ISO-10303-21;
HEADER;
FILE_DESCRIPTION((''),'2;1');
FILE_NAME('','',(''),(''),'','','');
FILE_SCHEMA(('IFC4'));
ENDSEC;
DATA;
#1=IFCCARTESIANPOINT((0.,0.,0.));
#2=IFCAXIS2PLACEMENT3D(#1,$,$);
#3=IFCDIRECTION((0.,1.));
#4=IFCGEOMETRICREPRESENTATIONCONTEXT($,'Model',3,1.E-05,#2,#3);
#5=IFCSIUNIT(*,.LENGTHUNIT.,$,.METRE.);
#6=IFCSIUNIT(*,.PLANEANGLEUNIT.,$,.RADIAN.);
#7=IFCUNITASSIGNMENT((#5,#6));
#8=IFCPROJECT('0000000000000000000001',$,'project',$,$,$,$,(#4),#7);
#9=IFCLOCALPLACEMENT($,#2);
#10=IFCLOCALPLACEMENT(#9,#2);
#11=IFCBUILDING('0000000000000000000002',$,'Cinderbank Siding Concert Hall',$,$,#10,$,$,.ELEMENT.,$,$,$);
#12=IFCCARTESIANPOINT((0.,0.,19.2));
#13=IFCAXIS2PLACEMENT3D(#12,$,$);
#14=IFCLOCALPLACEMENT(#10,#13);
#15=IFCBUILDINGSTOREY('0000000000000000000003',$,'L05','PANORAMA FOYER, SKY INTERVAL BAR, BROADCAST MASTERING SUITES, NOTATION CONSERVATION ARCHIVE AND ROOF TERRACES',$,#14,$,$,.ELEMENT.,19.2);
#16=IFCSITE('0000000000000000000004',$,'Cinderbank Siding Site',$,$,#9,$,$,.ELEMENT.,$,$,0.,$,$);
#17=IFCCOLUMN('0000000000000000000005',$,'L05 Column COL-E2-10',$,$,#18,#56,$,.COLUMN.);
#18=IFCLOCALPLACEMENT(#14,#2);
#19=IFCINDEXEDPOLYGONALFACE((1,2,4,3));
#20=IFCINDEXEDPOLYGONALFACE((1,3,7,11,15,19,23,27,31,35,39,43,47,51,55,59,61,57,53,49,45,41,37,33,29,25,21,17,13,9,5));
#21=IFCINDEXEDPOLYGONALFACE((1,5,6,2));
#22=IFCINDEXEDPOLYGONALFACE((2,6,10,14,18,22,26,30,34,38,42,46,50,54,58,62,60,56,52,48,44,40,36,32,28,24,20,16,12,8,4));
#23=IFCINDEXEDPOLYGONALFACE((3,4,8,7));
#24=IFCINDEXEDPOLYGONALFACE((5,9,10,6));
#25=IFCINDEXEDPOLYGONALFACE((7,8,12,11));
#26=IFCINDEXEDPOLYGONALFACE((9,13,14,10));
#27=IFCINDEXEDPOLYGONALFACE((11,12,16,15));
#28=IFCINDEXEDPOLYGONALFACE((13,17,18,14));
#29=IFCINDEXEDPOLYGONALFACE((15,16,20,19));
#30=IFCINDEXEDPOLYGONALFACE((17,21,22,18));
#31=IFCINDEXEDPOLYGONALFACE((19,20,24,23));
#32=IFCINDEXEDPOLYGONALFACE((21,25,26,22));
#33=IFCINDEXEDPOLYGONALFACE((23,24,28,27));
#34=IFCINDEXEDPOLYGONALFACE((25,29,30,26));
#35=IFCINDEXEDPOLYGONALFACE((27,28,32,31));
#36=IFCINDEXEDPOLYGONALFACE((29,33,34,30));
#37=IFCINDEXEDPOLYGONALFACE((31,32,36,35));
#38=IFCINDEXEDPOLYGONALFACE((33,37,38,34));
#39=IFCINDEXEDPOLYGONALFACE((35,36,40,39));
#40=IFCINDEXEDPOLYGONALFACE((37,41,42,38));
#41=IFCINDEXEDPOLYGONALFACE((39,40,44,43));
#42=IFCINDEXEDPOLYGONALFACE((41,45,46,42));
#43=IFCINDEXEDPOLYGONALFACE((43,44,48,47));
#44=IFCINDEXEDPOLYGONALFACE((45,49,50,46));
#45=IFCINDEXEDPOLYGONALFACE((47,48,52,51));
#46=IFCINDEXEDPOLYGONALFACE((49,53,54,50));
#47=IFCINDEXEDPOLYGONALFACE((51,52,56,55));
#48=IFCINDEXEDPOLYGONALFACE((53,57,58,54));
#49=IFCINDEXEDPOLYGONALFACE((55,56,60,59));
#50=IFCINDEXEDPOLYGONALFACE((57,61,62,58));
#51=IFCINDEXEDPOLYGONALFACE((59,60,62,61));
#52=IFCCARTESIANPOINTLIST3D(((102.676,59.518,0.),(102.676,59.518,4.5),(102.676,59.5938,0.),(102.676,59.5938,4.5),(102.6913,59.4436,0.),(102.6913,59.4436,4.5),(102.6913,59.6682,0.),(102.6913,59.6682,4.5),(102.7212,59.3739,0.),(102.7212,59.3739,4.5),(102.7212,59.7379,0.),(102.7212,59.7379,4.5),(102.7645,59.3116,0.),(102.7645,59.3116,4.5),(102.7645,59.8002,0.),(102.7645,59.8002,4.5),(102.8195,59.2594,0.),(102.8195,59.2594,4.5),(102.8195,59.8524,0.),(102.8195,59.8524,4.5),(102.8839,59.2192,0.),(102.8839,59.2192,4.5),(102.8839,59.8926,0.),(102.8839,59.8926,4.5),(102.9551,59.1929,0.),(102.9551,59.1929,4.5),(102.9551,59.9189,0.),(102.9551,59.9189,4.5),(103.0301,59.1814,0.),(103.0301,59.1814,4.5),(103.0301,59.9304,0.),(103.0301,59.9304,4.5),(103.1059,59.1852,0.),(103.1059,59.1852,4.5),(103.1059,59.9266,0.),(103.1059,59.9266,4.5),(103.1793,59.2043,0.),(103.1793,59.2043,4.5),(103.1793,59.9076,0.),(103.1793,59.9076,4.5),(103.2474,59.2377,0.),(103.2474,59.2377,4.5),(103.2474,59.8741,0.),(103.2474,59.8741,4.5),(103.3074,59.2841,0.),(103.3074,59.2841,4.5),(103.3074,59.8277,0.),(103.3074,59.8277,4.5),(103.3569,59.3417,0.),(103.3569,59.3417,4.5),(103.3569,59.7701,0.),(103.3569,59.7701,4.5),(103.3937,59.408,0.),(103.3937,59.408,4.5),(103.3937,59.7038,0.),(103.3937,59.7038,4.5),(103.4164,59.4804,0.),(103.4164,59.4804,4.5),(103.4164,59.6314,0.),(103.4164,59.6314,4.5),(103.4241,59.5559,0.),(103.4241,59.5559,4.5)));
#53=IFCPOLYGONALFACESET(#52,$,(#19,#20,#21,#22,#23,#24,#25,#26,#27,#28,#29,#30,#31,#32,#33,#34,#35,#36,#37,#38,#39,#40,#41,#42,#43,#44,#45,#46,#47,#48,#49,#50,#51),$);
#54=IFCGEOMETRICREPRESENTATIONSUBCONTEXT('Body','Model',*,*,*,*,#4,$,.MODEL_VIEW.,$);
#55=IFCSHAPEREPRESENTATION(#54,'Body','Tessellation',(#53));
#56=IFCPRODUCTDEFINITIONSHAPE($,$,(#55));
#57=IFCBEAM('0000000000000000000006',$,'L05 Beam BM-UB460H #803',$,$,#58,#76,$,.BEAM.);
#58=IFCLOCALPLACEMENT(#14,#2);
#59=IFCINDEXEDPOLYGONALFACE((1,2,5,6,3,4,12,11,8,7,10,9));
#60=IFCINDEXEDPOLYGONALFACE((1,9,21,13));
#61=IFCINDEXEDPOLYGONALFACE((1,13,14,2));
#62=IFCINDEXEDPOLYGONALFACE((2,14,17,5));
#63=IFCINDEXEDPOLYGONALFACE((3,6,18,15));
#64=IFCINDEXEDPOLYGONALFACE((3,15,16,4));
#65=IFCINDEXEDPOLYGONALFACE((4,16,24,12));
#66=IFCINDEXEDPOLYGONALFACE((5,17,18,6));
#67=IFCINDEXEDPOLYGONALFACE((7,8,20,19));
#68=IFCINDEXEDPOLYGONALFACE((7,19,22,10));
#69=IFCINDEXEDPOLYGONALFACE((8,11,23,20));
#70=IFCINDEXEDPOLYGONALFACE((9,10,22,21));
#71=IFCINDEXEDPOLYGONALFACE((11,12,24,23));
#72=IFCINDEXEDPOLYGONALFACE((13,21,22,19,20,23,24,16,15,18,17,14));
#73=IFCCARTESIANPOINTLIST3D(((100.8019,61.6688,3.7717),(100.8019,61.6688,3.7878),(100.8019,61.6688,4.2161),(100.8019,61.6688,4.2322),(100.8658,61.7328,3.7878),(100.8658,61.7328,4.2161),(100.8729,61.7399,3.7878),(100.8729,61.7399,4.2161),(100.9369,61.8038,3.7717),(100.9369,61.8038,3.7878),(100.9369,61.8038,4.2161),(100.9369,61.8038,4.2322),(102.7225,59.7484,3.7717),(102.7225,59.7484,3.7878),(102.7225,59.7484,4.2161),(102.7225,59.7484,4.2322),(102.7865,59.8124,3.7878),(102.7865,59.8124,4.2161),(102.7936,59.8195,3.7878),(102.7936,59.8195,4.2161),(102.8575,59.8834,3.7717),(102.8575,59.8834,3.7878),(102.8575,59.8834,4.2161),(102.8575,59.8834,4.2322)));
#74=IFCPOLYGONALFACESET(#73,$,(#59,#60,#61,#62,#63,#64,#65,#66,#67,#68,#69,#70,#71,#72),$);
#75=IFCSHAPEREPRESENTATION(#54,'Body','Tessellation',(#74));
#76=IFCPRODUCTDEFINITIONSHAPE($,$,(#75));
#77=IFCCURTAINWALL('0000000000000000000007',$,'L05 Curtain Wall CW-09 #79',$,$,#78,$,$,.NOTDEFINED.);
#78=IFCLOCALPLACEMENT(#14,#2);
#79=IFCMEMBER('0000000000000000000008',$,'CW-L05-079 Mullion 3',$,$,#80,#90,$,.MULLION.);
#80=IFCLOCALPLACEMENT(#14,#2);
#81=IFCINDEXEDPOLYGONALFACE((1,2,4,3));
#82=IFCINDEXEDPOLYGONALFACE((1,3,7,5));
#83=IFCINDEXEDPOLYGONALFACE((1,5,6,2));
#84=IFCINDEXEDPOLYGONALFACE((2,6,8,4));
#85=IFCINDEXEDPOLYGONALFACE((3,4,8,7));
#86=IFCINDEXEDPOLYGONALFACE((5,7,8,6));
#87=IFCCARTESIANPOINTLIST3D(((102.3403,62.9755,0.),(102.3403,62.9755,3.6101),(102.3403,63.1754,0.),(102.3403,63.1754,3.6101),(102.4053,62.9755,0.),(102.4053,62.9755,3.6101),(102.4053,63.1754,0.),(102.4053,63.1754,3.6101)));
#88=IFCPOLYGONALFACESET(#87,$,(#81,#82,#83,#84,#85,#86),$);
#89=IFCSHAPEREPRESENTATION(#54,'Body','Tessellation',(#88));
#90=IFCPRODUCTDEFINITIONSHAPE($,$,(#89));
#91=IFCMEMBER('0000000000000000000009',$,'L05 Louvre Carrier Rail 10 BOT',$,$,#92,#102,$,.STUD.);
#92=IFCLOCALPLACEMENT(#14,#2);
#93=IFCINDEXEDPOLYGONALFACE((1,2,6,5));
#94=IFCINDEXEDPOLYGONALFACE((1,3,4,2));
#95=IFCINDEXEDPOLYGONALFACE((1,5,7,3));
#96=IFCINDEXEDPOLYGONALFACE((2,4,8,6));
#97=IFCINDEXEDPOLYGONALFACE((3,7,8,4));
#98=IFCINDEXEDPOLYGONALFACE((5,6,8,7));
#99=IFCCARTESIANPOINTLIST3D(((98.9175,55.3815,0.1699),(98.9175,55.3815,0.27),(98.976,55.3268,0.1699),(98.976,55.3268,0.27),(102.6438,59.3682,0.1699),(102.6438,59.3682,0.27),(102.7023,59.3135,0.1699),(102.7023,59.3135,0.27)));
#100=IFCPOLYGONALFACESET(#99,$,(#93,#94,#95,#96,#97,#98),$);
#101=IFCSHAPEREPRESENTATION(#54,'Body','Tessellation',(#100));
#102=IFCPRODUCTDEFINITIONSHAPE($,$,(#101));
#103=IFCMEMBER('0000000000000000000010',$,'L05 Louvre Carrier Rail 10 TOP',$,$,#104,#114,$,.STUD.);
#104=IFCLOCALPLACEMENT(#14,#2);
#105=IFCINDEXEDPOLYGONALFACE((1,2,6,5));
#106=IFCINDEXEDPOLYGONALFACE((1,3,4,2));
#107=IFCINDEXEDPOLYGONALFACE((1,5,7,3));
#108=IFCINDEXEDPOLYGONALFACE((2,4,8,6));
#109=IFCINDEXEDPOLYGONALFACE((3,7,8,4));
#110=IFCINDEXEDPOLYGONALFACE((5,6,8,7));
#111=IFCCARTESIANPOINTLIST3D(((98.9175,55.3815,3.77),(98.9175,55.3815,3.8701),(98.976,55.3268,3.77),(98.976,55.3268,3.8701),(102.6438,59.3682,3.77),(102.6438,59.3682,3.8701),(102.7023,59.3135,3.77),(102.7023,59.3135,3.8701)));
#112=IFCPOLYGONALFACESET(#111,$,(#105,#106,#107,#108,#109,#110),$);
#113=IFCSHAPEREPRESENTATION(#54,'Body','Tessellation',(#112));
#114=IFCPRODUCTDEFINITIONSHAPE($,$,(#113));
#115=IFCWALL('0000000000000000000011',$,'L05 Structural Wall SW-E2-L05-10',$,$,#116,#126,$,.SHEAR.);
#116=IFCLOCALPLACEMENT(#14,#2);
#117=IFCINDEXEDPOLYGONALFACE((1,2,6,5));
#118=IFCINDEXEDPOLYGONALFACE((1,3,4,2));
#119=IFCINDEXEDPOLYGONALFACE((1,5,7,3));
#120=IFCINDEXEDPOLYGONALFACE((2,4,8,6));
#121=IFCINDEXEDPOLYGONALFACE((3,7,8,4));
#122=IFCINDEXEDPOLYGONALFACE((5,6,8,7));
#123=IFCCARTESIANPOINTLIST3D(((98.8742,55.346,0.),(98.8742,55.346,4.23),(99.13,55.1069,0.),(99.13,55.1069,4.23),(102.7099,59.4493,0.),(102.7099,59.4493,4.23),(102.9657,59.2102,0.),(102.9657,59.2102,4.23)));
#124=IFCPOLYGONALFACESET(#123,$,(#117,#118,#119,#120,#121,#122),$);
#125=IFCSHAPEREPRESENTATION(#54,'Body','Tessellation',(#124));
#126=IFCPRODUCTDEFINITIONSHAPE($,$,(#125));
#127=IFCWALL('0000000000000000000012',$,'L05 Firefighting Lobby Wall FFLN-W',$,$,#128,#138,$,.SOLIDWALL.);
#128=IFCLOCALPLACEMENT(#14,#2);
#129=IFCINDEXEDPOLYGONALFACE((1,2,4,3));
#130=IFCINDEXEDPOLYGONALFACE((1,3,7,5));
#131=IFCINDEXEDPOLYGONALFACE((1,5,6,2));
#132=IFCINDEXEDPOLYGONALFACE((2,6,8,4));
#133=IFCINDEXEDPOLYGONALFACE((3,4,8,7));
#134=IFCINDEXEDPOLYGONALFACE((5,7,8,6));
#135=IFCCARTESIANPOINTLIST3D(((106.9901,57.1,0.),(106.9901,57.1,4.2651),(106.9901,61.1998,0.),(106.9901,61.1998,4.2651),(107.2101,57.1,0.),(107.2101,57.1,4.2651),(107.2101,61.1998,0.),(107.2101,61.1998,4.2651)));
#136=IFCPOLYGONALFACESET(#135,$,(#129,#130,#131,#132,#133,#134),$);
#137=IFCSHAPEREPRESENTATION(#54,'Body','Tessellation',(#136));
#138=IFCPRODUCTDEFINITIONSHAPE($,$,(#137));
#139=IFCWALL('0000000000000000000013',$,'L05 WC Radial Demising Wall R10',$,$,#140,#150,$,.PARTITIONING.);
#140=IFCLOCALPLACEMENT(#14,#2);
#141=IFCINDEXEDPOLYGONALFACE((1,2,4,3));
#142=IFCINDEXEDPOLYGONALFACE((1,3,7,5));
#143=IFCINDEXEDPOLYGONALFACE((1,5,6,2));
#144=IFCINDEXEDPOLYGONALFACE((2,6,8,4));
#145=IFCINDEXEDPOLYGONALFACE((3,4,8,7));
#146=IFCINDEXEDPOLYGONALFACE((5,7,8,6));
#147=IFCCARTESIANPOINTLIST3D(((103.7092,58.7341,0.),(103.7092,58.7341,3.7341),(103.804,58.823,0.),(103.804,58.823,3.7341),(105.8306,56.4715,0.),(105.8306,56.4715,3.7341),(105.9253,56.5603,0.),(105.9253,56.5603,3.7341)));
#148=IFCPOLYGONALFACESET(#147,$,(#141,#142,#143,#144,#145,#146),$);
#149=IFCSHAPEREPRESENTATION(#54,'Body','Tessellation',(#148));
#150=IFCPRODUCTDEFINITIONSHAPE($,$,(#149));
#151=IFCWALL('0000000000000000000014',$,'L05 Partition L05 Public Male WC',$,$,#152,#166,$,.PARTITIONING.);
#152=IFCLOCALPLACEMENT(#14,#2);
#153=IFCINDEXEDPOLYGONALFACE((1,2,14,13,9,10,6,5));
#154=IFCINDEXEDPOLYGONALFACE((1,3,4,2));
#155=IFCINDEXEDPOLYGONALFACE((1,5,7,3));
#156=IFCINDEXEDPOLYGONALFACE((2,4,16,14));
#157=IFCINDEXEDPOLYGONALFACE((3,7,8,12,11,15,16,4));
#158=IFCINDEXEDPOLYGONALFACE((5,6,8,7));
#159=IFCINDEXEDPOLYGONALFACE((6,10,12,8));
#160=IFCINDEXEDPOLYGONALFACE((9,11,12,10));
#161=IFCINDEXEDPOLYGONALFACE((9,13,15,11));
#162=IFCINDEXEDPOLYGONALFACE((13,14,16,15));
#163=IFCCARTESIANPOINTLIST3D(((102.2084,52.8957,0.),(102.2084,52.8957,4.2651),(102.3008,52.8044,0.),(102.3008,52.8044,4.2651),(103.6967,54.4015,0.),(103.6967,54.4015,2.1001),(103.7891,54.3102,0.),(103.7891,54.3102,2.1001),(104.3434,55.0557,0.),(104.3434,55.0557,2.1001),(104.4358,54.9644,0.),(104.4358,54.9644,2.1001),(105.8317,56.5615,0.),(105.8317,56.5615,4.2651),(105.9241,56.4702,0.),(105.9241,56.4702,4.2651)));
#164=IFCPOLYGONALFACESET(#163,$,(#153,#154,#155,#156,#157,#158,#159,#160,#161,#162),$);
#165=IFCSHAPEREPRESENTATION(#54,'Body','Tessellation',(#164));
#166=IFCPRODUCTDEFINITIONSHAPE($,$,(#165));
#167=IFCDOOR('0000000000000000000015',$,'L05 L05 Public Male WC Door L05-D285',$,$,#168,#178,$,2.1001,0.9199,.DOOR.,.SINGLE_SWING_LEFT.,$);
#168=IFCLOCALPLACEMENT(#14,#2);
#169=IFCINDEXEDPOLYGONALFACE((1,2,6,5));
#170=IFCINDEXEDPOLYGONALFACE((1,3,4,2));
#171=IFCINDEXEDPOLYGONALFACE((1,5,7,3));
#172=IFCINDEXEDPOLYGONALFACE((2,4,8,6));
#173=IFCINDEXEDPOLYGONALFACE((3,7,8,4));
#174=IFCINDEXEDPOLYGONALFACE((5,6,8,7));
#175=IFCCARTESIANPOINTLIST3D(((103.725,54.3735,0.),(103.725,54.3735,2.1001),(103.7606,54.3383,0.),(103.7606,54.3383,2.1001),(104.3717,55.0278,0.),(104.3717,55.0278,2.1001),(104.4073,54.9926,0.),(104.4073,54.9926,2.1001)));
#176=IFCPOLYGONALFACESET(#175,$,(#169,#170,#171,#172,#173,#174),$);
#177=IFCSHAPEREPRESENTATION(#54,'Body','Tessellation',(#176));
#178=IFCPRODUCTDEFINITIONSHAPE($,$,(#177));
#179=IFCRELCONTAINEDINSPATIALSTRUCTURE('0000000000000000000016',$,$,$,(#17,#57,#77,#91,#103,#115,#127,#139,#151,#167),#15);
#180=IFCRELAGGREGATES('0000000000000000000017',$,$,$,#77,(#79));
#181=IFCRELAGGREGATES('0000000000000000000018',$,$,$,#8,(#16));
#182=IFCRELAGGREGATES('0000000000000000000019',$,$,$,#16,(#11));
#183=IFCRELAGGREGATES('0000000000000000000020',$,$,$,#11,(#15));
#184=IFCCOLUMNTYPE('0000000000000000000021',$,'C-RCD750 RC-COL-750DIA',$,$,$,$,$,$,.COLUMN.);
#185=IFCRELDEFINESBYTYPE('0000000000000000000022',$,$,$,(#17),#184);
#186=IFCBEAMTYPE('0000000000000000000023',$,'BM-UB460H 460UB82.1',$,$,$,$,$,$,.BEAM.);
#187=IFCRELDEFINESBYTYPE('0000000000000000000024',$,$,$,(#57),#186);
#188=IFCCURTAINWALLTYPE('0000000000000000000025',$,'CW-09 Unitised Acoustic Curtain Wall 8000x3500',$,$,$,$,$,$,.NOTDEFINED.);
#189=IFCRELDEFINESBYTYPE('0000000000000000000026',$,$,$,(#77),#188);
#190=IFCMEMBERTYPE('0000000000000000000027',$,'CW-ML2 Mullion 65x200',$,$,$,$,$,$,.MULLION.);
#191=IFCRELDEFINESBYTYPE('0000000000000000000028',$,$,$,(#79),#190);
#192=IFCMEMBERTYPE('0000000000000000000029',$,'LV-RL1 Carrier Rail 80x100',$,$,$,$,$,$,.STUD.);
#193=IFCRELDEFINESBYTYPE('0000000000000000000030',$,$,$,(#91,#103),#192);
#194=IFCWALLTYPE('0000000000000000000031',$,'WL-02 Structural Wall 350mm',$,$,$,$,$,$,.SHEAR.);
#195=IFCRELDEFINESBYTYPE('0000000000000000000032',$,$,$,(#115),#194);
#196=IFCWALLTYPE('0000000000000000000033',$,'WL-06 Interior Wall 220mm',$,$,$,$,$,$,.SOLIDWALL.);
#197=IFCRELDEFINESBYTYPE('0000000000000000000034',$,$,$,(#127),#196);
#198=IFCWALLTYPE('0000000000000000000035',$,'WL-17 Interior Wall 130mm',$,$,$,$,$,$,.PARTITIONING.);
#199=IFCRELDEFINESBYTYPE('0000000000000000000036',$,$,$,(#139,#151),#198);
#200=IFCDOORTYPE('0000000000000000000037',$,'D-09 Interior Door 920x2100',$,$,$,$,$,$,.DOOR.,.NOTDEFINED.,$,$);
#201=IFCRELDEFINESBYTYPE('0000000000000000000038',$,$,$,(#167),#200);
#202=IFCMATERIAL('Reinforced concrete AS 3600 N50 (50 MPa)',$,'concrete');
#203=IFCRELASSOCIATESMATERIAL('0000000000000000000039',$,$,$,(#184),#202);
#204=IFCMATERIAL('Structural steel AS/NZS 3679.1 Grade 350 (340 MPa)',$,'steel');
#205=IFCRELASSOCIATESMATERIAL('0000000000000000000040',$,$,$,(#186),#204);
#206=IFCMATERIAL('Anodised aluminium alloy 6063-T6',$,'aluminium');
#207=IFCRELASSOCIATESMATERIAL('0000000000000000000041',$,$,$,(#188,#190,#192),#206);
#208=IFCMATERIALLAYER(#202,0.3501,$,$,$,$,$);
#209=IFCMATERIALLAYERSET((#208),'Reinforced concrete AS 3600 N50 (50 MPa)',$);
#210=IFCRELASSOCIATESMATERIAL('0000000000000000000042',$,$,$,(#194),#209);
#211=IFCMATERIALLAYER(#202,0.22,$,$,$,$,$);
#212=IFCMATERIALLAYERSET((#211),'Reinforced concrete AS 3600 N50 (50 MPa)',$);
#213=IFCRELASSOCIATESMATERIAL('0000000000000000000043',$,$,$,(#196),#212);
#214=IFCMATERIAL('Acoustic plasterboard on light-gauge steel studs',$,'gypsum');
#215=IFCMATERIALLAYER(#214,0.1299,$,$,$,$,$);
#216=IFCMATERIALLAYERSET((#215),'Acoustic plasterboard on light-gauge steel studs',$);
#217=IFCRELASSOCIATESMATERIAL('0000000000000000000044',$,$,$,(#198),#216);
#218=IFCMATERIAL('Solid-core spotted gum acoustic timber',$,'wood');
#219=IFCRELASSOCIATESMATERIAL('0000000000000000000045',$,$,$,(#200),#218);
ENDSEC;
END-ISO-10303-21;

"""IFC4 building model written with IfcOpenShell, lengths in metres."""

from ifc_helpers import new_model, si_unit, direction, frame, frame_2d, origin, origin_2d, place, context, subcontext, project, spatial, rectangle, circle, i_section, extrude, material, layer, layer_set, material_profile, profile_set, type_object, element, fill, aggregate, save


model = new_model("IFC4")

# Units and contexts
model_context = context("Model", 3, precision=1e-05, world=origin(), true_north=direction((0.0, 1.0)))
body_context = subcontext(model_context, "Body", "Model", "MODEL_VIEW")
ifc_project = project(units=[si_unit("LENGTHUNIT", "METRE"), si_unit("PLANEANGLEUNIT", "RADIAN")], contexts=[model_context])

# Site, building, storey
site_placement = place(None, origin())
site = spatial("IfcSite", under=ifc_project, at=site_placement, Name="Cinderbank Siding Site", CompositionType="ELEMENT", RefElevation=0.0)
building_placement = place(site_placement, origin())
building = spatial("IfcBuilding", under=site, at=building_placement, Name="Cinderbank Siding Concert Hall", CompositionType="ELEMENT")
storey_placement = place(building_placement, frame((0.0, 0.0, 19.2)))
storey = spatial("IfcBuildingStorey", under=building, at=storey_placement, Name="L05", Description="PANORAMA FOYER, SKY INTERVAL BAR, BROADCAST MASTERING SUITES, NOTATION CONSERVATION ARCHIVE AND ROOF TERRACES", CompositionType="ELEMENT", Elevation=19.2)

# Column
ifc_material_1 = material(Name="Reinforced concrete AS 3600 N50 (50 MPa)", Category="concrete")
ifc_material_profile_1 = material_profile(ifc_material_1, circle(Radius=0.375, at=origin_2d()), Name="RC-COL-750DIA", Category="LoadBearing")
ifc_profile_set_1 = profile_set([ifc_material_profile_1], Name="Reinforced concrete AS 3600 N50 (50 MPa)")
column_type = type_object("IfcColumnType", Name="C-RCD750 RC-COL-750DIA", PredefinedType="COLUMN", material=ifc_profile_set_1)
column_placement = place(storey_placement, frame((103.0491, 59.5559, 0.0), z_axis=(0.0, 0.0, 1.0), x_axis=(1.0, 0.0, 0.0)))
element("IfcColumn", 1, at=column_placement, inside=storey, type_object=column_type, Name="L05 Column COL-E2-10", PredefinedType="COLUMN", context=body_context, shape_type="SweptSolid", body=[
    extrude(circle(Radius=0.375, at=origin_2d()), origin(), (0.0, 0.0, 1.0), 4.5),
])

# Beam
ifc_material_2 = material(Name="Structural steel AS/NZS 3679.1 Grade 350 (340 MPa)", Category="steel")
ifc_material_profile_2 = material_profile(ifc_material_2, i_section(OverallWidth=0.1909, OverallDepth=0.4604, WebThickness=0.01, FlangeThickness=0.0161, at=origin_2d()), Name="460UB82.1", Category="LoadBearing")
ifc_profile_set_2 = profile_set([ifc_material_profile_2], Name="Structural steel AS/NZS 3679.1 Grade 350 (340 MPa)")
beam_type = type_object("IfcBeamType", Name="BM-UB460H 460UB82.1", PredefinedType="BEAM", material=ifc_profile_set_2)
beam_placement = place(storey_placement, frame((102.79, 59.8159, 4.002), z_axis=(-0.707152, 0.707062, 0.0), x_axis=(-0.707062, -0.707152, 0.0)))
element("IfcBeam", 2, at=beam_placement, inside=storey, type_object=beam_type, Name="L05 Beam BM-UB460H #803", PredefinedType="BEAM", context=body_context, shape_type="SweptSolid", body=[
    extrude(i_section(OverallWidth=0.1909, OverallDepth=0.4604, WebThickness=0.01, FlangeThickness=0.0161, at=origin_2d()), origin(), (0.0, 0.0, 1.0), 2.7161),
])

# Curtain wall, member
ifc_material_3 = material(Name="Anodised aluminium alloy 6063-T6", Category="aluminium")
curtain_wall_type = type_object("IfcCurtainWallType", Name="CW-09 Unitised Acoustic Curtain Wall 8000x3500", PredefinedType="NOTDEFINED", material=ifc_material_3)
curtain_wall_placement = place(storey_placement, origin())
curtain_wall = element("IfcCurtainWall", 3, at=curtain_wall_placement, inside=storey, type_object=curtain_wall_type, Name="L05 Curtain Wall CW-09 #79", PredefinedType="NOTDEFINED")
ifc_material_profile_3 = material_profile(ifc_material_3, rectangle(XDim=0.0649, YDim=0.2, at=origin_2d()), Name="ALU-MULL-65x200", Category="LoadBearing")
ifc_profile_set_3 = profile_set([ifc_material_profile_3], Name="Anodised aluminium alloy 6063-T6")
member_type_1 = type_object("IfcMemberType", Name="CW-ML2 Mullion 65x200", PredefinedType="MULLION", material=ifc_profile_set_3)
member_placement = place(storey_placement, frame((102.3728, 63.0754, 0.0), z_axis=(0.0, 0.0, 1.0), x_axis=(1.0, 0.0, 0.0)))
member = element("IfcMember", 4, at=member_placement, type_object=member_type_1, Name="CW-L05-079 Mullion 3", PredefinedType="MULLION", context=body_context, shape_type="SweptSolid", body=[
    extrude(rectangle(XDim=0.0649, YDim=0.2, at=origin_2d()), origin(), (0.0, 0.0, 1.0), 3.6101),
])
aggregate(curtain_wall, [member])

# Members
ifc_material_profile_4 = material_profile(ifc_material_3, rectangle(XDim=0.0801, YDim=0.1001, at=origin_2d()), Name="ALU-RAIL-80x100", Category="LoadBearing")
ifc_profile_set_4 = profile_set([ifc_material_profile_4], Name="Anodised aluminium alloy 6063-T6")
member_type_2 = type_object("IfcMemberType", Name="LV-RL1 Carrier Rail 80x100", PredefinedType="STUD", material=ifc_profile_set_4)
for number, where, z_axis, x_axis, name in (
    (5, (102.6731, 59.3408, 0.22), (-0.682858, -0.730551, 0.0), (0.730551, -0.682858, 0.0), "L05 Louvre Carrier Rail 10 BOT"),
    (6, (102.6731, 59.3408, 3.8201), (-0.682858, -0.730551, 0.0), (0.730551, -0.682858, 0.0), "L05 Louvre Carrier Rail 10 TOP"),
):
    element("IfcMember", number, at=place(storey_placement, frame(where, z_axis=z_axis, x_axis=x_axis)), inside=storey, type_object=member_type_2, Name=name, PredefinedType="STUD", context=body_context, shape_type="SweptSolid", body=[
        extrude(rectangle(XDim=0.0801, YDim=0.1001, at=origin_2d()), origin(), (0.0, 0.0, 1.0), 5.457),
    ])

# Walls
ifc_layer_1 = layer(ifc_material_1, 0.3501)
ifc_layer_set_1 = layer_set([ifc_layer_1], Name="Reinforced concrete AS 3600 N50 (50 MPa)")
wall_type_1 = type_object("IfcWallType", Name="WL-02 Structural Wall 350mm", PredefinedType="SHEAR", material=ifc_layer_set_1)
wall_1_placement = place(storey_placement, frame((102.8379, 59.3298, 0.0), z_axis=(0.0, 0.0, 1.0), x_axis=(-0.682886, -0.730525, 0.0)))
element("IfcWall", 7, at=wall_1_placement, inside=storey, type_object=wall_type_1, Name="L05 Structural Wall SW-E2-L05-10", PredefinedType="SHEAR", context=body_context, shape_type="SweptSolid", body=[
    extrude(rectangle(XDim=5.6169, YDim=0.3501, at=frame_2d((2.8086, 0.0))), origin(), (0.0, 0.0, 1.0), 4.23),
])
ifc_layer_2 = layer(ifc_material_1, 0.22)
ifc_layer_set_2 = layer_set([ifc_layer_2], Name="Reinforced concrete AS 3600 N50 (50 MPa)")
wall_type_2 = type_object("IfcWallType", Name="WL-06 Interior Wall 220mm", PredefinedType="SOLIDWALL", material=ifc_layer_set_2)
wall_2_placement = place(storey_placement, frame((107.1001, 57.1001, 0.0), z_axis=(0.0, 0.0, 1.0), x_axis=(0.0, 1.0, 0.0)))
element("IfcWall", 8, at=wall_2_placement, inside=storey, type_object=wall_type_2, Name="L05 Firefighting Lobby Wall FFLN-W", PredefinedType="SOLIDWALL", context=body_context, shape_type="SweptSolid", body=[
    extrude(rectangle(XDim=4.0999, YDim=0.22, at=frame_2d((2.0498, 0.0))), origin(), (0.0, 0.0, 1.0), 4.2651),
])
ifc_material_4 = material(Name="Acoustic plasterboard on light-gauge steel studs", Category="gypsum")
ifc_layer_3 = layer(ifc_material_4, 0.1299)
ifc_layer_set_3 = layer_set([ifc_layer_3], Name="Acoustic plasterboard on light-gauge steel studs")
wall_type_3 = type_object("IfcWallType", Name="WL-17 Interior Wall 130mm", PredefinedType="PARTITIONING", material=ifc_layer_set_3)
wall_3_placement = place(storey_placement, frame((105.8779, 56.5159, 0.0), z_axis=(0.0, 0.0, 1.0), x_axis=(-0.683952, 0.729527, 0.0)))
element("IfcWall", 9, at=wall_3_placement, inside=storey, type_object=wall_type_3, Name="L05 WC Radial Demising Wall R10", PredefinedType="PARTITIONING", context=body_context, shape_type="SweptSolid", body=[
    extrude(rectangle(XDim=3.1016, YDim=0.1299, at=frame_2d((1.5508, 0.0))), origin(), (0.0, 0.0, 1.0), 3.7341),
])

# Wall, opening, door
wall_4_placement = place(storey_placement, frame((105.8779, 56.5159, 0.0), z_axis=(0.0, 0.0, 1.0), x_axis=(-0.702974, -0.711216, 0.0)))
wall_4 = element("IfcWall", 10, at=wall_4_placement, inside=storey, type_object=wall_type_3, Name="L05 Partition L05 Public Male WC", PredefinedType="PARTITIONING", context=body_context, shape_type="SweptSolid", body=[
    extrude(rectangle(XDim=5.1543, YDim=0.1299, at=frame_2d((2.5771, 0.0))), origin(), (0.0, 0.0, 1.0), 4.2651),
])
opening_placement = place(wall_4_placement, frame((2.1172, 0.0, 0.0)))
opening = element("IfcOpeningElement", 11, at=opening_placement, cuts=wall_4, PredefinedType="OPENING", context=body_context, shape_type="SweptSolid", body=[
    extrude(rectangle(XDim=0.9199, YDim=2.1001, at=frame_2d((0.46, 1.05))), frame((0.0, 0.0769, 0.0), z_axis=(0.0, -1.0, 0.0), x_axis=(1.0, 0.0, 0.0)), (0.0, 0.0, 1.0), 0.1538),
])
ifc_material_5 = material(Name="Solid-core spotted gum acoustic timber", Category="wood")
door_type = type_object("IfcDoorType", Name="D-09 Interior Door 920x2100", OperationType="NOTDEFINED", PredefinedType="DOOR", material=ifc_material_5)
door_placement = place(opening_placement, origin())
door = element("IfcDoor", 12, at=door_placement, inside=storey, type_object=door_type, Name="L05 L05 Public Male WC Door L05-D285", OperationType="SINGLE_SWING_LEFT", OverallHeight=2.1001, OverallWidth=0.9199, PredefinedType="DOOR", context=body_context, shape_type="SweptSolid", body=[
    extrude(rectangle(XDim=0.9199, YDim=2.1001, at=frame_2d((0.46, 1.05))), frame((0.0, 0.0249, 0.0), z_axis=(0.0, -1.0, 0.0), x_axis=(1.0, 0.0, 0.0)), (0.0, 0.0, 1.0), 0.05),
])
fill(opening, door)

save(model, "model.ifc")
